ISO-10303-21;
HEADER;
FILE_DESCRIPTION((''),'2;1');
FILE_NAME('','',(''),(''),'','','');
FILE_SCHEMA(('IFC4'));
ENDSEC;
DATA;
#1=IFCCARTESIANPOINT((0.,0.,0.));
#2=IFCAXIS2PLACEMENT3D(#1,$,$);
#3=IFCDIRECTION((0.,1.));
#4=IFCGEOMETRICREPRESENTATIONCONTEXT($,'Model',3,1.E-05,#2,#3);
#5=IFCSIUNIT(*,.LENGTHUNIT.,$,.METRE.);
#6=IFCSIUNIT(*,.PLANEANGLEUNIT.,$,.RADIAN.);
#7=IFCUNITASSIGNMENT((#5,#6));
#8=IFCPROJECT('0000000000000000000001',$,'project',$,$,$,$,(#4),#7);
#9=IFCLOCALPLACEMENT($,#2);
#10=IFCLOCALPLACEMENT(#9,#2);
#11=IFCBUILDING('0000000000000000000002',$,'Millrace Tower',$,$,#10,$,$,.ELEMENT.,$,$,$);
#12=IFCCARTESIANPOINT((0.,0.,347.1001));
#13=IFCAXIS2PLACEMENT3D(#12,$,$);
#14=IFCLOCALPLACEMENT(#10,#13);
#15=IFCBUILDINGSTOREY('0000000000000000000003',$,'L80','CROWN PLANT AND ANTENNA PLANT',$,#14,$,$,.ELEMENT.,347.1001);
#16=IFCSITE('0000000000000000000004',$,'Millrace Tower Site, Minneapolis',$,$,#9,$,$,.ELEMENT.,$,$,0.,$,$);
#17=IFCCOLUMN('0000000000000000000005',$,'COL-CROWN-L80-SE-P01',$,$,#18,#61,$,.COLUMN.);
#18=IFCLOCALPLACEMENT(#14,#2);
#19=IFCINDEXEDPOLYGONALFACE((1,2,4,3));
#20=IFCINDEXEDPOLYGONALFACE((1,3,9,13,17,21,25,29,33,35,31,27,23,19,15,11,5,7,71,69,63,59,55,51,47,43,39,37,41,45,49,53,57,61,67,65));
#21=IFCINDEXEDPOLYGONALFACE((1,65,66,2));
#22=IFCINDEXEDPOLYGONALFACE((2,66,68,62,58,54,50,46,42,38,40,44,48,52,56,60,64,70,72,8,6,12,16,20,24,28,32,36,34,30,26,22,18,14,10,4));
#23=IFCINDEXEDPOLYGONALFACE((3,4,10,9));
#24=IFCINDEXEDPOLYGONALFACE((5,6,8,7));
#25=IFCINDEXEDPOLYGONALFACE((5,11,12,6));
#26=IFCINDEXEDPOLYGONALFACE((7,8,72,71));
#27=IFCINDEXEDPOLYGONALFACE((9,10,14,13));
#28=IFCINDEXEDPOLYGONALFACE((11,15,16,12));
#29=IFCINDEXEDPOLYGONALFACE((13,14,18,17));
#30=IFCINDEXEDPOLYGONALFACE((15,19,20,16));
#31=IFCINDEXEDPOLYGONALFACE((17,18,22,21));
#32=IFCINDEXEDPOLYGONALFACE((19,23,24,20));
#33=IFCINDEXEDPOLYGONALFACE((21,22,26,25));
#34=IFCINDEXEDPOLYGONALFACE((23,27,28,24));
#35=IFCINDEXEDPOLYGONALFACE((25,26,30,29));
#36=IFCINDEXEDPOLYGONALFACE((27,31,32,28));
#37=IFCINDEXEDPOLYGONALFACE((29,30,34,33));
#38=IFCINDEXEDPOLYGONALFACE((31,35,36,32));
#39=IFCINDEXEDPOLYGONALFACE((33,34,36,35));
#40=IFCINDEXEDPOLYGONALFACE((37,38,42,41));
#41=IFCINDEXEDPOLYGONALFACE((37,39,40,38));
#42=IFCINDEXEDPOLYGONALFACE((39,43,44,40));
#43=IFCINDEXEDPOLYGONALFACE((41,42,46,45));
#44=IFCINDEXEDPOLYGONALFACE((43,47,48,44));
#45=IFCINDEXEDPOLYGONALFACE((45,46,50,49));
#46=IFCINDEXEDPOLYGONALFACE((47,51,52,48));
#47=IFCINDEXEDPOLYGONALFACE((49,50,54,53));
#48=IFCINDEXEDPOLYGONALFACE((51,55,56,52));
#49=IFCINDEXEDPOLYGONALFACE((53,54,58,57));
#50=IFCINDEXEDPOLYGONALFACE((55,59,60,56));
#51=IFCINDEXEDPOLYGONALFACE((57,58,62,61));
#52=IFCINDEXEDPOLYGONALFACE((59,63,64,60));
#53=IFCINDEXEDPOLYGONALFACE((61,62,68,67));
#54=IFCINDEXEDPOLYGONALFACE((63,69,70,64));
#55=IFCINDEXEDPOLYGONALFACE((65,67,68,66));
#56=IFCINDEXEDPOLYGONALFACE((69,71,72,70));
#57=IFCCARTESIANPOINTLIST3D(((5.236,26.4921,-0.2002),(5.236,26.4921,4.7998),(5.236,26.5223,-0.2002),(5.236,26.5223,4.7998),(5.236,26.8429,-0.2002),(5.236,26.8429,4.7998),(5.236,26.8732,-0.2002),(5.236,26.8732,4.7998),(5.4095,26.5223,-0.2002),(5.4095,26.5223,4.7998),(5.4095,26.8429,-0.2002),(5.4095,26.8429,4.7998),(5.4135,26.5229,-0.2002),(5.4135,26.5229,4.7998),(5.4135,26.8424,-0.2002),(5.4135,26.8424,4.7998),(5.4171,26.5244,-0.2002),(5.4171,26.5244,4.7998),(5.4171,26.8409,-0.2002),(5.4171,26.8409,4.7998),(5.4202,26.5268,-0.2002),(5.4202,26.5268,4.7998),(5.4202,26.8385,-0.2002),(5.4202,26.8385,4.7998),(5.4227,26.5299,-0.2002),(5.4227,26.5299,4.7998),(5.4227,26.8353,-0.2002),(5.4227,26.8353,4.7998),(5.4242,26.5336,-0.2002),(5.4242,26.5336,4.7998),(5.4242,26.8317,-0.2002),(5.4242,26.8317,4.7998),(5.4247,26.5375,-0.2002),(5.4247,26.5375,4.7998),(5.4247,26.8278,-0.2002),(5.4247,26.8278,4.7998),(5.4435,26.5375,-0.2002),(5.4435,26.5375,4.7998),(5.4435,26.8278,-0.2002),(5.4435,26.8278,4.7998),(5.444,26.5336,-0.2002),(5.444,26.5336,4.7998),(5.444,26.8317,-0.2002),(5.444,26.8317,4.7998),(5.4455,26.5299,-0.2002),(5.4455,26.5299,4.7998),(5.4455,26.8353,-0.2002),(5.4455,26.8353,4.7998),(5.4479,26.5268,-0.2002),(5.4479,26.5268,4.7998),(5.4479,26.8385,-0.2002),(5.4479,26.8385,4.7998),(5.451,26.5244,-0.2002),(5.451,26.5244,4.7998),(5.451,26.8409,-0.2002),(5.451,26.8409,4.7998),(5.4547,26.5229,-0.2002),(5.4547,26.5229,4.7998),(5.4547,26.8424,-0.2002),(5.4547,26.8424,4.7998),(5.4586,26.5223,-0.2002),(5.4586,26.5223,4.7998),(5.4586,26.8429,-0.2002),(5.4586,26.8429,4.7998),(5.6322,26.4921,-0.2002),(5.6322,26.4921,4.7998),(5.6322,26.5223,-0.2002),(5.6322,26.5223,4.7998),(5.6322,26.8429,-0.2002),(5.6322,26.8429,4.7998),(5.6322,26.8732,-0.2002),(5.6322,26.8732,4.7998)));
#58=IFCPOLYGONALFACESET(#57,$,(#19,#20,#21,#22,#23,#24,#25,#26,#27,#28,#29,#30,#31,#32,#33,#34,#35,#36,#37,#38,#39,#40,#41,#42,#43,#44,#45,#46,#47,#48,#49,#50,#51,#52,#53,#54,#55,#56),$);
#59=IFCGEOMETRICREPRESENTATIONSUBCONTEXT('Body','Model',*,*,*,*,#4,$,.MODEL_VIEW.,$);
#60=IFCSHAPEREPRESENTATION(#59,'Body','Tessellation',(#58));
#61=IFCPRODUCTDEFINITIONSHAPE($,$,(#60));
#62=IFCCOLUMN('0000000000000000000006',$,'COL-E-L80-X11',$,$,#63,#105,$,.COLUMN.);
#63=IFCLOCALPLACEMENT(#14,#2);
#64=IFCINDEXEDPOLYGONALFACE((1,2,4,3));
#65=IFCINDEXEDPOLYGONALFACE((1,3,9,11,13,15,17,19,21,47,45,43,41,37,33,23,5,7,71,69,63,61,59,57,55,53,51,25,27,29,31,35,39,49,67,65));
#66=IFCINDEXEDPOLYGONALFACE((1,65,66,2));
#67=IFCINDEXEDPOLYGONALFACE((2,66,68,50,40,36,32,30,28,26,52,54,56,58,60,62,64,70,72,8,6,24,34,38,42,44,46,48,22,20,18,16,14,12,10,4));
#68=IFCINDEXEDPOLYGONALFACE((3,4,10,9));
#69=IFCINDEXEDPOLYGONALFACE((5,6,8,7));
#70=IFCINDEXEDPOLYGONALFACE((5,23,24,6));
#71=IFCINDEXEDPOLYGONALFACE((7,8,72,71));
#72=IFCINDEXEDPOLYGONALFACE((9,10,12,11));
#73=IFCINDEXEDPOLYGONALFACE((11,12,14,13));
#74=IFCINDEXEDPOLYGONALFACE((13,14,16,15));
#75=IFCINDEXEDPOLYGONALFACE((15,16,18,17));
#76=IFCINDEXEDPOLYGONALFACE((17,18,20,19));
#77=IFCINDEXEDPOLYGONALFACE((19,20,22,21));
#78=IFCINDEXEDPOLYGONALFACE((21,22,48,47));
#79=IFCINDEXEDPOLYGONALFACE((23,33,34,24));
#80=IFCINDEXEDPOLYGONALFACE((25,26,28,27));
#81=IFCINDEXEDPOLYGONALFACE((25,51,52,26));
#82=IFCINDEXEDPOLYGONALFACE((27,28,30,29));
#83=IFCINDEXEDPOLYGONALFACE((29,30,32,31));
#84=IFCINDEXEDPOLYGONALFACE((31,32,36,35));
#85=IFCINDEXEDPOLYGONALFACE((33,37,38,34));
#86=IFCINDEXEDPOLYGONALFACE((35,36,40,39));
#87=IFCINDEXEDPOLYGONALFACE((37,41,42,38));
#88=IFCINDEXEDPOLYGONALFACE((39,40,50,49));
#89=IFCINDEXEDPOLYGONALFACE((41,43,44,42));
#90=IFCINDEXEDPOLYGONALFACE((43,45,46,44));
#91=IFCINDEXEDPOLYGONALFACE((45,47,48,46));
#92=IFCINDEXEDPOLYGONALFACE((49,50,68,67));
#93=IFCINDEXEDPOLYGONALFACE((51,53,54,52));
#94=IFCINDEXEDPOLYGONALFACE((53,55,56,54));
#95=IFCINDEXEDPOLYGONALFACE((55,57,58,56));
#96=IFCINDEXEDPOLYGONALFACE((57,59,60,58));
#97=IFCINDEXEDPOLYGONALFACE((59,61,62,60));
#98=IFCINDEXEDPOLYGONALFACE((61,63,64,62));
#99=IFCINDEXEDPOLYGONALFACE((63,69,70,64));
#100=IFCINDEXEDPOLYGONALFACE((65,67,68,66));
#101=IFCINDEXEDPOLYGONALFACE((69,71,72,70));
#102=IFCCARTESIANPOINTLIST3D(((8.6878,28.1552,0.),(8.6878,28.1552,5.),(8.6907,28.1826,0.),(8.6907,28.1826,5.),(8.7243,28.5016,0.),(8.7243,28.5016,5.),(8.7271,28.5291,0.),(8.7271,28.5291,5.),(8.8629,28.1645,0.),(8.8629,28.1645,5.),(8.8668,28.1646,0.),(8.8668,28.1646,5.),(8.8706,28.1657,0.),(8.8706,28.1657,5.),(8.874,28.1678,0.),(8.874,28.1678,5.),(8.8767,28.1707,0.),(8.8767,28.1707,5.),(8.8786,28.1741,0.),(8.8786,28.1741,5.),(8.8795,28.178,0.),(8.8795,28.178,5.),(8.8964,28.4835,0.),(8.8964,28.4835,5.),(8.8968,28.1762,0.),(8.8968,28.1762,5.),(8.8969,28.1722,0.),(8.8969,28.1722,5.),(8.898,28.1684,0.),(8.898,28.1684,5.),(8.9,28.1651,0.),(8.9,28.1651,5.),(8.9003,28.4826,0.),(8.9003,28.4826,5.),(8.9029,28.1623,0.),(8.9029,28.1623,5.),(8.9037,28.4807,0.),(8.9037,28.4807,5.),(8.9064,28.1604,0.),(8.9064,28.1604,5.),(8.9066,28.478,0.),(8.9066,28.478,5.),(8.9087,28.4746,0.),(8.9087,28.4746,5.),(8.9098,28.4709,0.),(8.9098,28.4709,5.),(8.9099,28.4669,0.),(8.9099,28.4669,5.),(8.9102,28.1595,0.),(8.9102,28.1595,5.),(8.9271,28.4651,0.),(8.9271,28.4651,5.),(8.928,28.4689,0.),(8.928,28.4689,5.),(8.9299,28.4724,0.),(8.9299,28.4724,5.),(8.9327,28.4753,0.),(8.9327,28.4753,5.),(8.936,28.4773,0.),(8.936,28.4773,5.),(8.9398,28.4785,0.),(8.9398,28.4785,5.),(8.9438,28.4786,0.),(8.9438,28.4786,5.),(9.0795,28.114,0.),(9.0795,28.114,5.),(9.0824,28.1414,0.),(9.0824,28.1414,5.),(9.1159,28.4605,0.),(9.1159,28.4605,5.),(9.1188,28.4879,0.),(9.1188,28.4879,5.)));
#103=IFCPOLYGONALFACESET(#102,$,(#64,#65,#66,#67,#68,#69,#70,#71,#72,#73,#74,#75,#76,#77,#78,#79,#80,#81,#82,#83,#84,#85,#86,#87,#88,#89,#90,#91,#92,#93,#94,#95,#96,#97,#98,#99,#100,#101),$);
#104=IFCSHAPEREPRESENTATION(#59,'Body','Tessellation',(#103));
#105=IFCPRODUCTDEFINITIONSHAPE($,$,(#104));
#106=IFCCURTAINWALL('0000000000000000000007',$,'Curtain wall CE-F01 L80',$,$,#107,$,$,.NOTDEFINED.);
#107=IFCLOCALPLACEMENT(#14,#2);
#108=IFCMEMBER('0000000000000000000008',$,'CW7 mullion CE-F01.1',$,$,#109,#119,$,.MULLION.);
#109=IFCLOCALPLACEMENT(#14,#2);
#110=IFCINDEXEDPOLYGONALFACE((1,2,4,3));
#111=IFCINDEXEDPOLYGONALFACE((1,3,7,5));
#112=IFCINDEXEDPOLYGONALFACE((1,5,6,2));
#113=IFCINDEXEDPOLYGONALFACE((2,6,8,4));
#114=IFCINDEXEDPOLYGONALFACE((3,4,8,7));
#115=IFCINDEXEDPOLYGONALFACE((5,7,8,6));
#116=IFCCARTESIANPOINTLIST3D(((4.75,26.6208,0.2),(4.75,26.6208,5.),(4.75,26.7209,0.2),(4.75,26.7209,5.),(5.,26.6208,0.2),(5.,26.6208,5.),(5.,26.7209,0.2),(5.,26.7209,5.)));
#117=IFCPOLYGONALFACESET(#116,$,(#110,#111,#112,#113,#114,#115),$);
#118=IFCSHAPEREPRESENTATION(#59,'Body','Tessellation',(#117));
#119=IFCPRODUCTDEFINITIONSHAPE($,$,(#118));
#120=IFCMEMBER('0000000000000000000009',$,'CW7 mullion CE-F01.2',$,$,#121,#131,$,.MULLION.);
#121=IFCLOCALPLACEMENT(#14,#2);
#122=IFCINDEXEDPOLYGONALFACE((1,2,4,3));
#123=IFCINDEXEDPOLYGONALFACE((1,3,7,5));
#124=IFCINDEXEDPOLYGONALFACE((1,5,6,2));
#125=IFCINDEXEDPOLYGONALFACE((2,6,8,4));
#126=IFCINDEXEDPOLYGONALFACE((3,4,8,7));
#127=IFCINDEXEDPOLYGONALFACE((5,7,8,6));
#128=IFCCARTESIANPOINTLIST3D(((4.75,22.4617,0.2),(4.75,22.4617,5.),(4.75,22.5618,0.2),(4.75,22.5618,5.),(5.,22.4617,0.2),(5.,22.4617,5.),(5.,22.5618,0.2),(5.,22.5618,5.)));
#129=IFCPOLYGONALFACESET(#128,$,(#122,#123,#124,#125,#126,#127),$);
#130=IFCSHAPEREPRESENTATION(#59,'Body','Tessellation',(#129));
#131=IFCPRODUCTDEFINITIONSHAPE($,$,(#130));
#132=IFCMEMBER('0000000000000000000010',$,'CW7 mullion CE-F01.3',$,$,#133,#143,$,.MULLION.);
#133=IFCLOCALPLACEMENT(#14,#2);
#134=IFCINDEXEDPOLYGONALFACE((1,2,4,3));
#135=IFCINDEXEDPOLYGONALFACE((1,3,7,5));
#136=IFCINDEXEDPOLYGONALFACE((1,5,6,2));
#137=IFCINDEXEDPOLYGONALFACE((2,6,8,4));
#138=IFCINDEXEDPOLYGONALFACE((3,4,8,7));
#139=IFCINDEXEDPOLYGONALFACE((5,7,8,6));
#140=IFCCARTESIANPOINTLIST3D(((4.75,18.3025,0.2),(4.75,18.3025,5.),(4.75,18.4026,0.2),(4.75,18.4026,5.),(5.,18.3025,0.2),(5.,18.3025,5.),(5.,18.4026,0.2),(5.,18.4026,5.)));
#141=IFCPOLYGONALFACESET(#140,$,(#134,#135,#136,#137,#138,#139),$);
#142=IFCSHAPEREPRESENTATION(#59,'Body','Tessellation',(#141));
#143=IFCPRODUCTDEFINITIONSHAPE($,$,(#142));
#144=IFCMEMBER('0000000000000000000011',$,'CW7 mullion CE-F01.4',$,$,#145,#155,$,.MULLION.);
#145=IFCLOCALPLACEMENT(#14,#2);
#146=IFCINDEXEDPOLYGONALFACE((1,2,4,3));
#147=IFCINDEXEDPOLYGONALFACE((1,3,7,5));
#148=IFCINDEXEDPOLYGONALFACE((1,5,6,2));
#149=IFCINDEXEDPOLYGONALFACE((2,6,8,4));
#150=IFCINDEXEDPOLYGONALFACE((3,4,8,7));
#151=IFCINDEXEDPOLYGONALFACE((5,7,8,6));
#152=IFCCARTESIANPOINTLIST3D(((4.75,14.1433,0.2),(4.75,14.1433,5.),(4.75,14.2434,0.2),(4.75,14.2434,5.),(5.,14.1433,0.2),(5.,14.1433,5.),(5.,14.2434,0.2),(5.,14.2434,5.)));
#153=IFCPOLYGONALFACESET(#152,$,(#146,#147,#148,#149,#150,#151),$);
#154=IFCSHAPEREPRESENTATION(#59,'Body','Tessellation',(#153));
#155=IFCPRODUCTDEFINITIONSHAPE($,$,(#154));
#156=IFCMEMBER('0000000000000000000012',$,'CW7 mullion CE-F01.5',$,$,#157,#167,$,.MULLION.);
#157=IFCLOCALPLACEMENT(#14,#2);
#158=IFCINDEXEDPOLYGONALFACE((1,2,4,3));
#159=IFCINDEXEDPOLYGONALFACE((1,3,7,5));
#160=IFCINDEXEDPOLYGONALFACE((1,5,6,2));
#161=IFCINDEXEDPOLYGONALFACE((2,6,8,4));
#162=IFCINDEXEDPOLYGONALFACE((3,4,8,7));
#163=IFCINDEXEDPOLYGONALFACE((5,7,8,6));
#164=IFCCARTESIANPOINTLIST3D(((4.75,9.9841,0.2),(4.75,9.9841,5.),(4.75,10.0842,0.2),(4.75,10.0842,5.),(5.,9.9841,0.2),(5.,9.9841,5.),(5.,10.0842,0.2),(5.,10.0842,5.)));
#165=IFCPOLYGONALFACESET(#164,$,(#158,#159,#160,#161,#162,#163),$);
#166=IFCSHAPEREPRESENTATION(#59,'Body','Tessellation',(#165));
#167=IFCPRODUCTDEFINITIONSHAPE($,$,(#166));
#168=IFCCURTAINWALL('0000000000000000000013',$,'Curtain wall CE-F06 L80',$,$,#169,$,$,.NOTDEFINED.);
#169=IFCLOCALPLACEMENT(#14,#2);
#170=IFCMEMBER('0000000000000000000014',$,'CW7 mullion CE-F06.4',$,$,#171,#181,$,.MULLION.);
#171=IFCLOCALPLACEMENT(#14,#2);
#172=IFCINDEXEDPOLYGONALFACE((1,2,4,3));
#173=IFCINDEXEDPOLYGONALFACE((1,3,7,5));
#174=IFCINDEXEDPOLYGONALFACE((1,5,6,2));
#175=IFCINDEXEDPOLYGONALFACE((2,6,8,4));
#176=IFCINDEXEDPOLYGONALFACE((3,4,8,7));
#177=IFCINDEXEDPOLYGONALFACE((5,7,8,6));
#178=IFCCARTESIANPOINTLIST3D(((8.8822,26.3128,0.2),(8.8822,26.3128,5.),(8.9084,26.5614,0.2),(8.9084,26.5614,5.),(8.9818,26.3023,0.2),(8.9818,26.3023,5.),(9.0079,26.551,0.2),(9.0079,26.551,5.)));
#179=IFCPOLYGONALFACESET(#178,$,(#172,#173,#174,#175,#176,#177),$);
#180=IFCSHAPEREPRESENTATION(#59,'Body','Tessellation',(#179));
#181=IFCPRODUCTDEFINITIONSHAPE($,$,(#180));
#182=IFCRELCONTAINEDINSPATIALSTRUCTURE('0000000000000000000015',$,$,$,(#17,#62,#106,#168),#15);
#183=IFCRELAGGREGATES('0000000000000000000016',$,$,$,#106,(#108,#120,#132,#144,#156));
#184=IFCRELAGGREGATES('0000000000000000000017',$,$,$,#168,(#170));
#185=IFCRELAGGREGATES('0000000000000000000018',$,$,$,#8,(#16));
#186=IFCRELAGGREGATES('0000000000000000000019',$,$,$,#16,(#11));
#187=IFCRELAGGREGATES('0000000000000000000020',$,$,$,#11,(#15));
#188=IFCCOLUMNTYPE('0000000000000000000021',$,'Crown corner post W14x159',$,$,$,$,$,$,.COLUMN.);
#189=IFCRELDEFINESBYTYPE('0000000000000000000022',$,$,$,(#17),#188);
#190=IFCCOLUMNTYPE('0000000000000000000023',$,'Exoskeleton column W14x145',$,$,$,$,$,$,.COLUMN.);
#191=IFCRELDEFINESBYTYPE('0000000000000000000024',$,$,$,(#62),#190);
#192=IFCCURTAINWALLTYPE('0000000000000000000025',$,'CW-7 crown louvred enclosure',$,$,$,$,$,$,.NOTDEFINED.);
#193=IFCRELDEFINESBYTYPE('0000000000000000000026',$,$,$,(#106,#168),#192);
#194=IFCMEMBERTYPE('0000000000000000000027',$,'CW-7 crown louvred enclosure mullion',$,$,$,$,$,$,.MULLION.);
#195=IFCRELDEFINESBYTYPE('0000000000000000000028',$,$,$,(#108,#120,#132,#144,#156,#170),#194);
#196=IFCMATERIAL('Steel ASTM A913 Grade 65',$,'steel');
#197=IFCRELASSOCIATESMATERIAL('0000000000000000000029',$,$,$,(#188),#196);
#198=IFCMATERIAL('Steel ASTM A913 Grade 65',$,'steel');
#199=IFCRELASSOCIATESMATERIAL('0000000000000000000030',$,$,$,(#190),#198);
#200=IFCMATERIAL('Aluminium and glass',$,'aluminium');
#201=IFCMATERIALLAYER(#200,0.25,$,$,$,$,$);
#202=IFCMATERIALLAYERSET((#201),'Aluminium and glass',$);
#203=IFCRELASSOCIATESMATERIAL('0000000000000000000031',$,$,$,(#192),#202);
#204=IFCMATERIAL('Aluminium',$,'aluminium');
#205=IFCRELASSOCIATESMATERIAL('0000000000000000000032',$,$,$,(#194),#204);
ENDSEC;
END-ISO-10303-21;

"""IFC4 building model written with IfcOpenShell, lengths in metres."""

from ifc_helpers import new_model, si_unit, direction, frame, origin, origin_2d, place, context, subcontext, project, spatial, rectangle, i_section, extrude, material, layer, layer_set, material_profile, profile_set, type_object, element, aggregate, save


model = new_model("IFC4")

# Units and contexts
model_context = context("Model", 3, precision=1e-05, world=origin(), true_north=direction((0.0, 1.0)))
body_context = subcontext(model_context, "Body", "Model", "MODEL_VIEW")
ifc_project = project(units=[si_unit("LENGTHUNIT", "METRE"), si_unit("PLANEANGLEUNIT", "RADIAN")], contexts=[model_context])

# Site, building, storey
site_placement = place(None, origin())
site = spatial("IfcSite", under=ifc_project, at=site_placement, Name="Millrace Tower Site, Minneapolis", CompositionType="ELEMENT", RefElevation=0.0)
building_placement = place(site_placement, origin())
building = spatial("IfcBuilding", under=site, at=building_placement, Name="Millrace Tower", CompositionType="ELEMENT")
storey_placement = place(building_placement, frame((0.0, 0.0, 347.1001)))
storey = spatial("IfcBuildingStorey", under=building, at=storey_placement, Name="L80", Description="CROWN PLANT AND ANTENNA PLANT", CompositionType="ELEMENT", Elevation=347.1001)

# Columns
ifc_material_1 = material(Name="Steel ASTM A913 Grade 65", Category="steel")
ifc_material_profile_1 = material_profile(ifc_material_1, i_section(OverallWidth=0.3962, OverallDepth=0.3811, WebThickness=0.0188, FlangeThickness=0.0303, FilletRadius=0.0151, at=origin_2d()))
ifc_profile_set_1 = profile_set([ifc_material_profile_1], Name="Steel ASTM A913 Grade 65")
column_type_1 = type_object("IfcColumnType", Name="Crown corner post W14x159", PredefinedType="COLUMN", material=ifc_profile_set_1)
column_1_placement = place(storey_placement, frame((5.4341, 26.6826, -0.2002), z_axis=(0.0, 0.0, 1.0), x_axis=(1.0, 0.0, 0.0)))
element("IfcColumn", 1, at=column_1_placement, inside=storey, type_object=column_type_1, Name="COL-CROWN-L80-SE-P01", PredefinedType="COLUMN", context=body_context, shape_type="SweptSolid", body=[
    extrude(i_section(OverallWidth=0.3962, OverallDepth=0.3811, WebThickness=0.0188, FlangeThickness=0.0303, FilletRadius=0.0151, at=origin_2d()), origin(), (0.0, 0.0, 1.0), 5.0),
])
ifc_material_2 = material(Name="Steel ASTM A913 Grade 65", Category="steel")
ifc_material_profile_2 = material_profile(ifc_material_2, i_section(OverallWidth=0.3938, OverallDepth=0.376, WebThickness=0.0173, FlangeThickness=0.0276, FilletRadius=0.0151, at=origin_2d()))
ifc_profile_set_2 = profile_set([ifc_material_profile_2], Name="Steel ASTM A913 Grade 65")
column_type_2 = type_object("IfcColumnType", Name="Exoskeleton column W14x145", PredefinedType="COLUMN", material=ifc_profile_set_2)
column_2_placement = place(storey_placement, frame((8.9033, 28.3215, 0.0), z_axis=(0.0, 0.0, 1.0), x_axis=(-0.994522, 0.104528, 0.0)))
element("IfcColumn", 2, at=column_2_placement, inside=storey, type_object=column_type_2, Name="COL-E-L80-X11", PredefinedType="COLUMN", context=body_context, shape_type="SweptSolid", body=[
    extrude(i_section(OverallWidth=0.3938, OverallDepth=0.376, WebThickness=0.0173, FlangeThickness=0.0276, FilletRadius=0.0151, at=origin_2d()), origin(), (0.0, 0.0, 1.0), 5.0),
])

# Curtain wall, members
ifc_material_3 = material(Name="Aluminium and glass", Category="aluminium")
ifc_layer_1 = layer(ifc_material_3, 0.25)
ifc_layer_set_1 = layer_set([ifc_layer_1], Name="Aluminium and glass")
curtain_wall_type = type_object("IfcCurtainWallType", Name="CW-7 crown louvred enclosure", PredefinedType="NOTDEFINED", material=ifc_layer_set_1)
placement = place(storey_placement, origin())
curtain_wall_1 = element("IfcCurtainWall", 3, at=placement, inside=storey, type_object=curtain_wall_type, Name="Curtain wall CE-F01 L80", PredefinedType="NOTDEFINED")
ifc_material_4 = material(Name="Aluminium", Category="aluminium")
ifc_material_profile_3 = material_profile(ifc_material_4, rectangle(XDim=0.1001, YDim=0.25, at=origin_2d()))
ifc_profile_set_3 = profile_set([ifc_material_profile_3], Name="Aluminium")
member_type = type_object("IfcMemberType", Name="CW-7 crown louvred enclosure mullion", PredefinedType="MULLION", material=ifc_profile_set_3)
member_1_placement = place(storey_placement, frame((4.875, 26.6709, 0.2), z_axis=(0.0, 0.0, 1.0), x_axis=(0.0, -1.0, 0.0)))
member_1 = element("IfcMember", 4, at=member_1_placement, type_object=member_type, Name="CW7 mullion CE-F01.1", PredefinedType="MULLION", context=body_context, shape_type="SweptSolid", body=[
    extrude(rectangle(XDim=0.1001, YDim=0.25, at=origin_2d()), origin(), (0.0, 0.0, 1.0), 4.8),
])
member_2_placement = place(storey_placement, frame((4.875, 22.5117, 0.2), z_axis=(0.0, 0.0, 1.0), x_axis=(0.0, -1.0, 0.0)))
member_2 = element("IfcMember", 5, at=member_2_placement, type_object=member_type, Name="CW7 mullion CE-F01.2", PredefinedType="MULLION", context=body_context, shape_type="SweptSolid", body=[
    extrude(rectangle(XDim=0.1001, YDim=0.25, at=origin_2d()), origin(), (0.0, 0.0, 1.0), 4.8),
])
member_3_placement = place(storey_placement, frame((4.875, 18.3525, 0.2), z_axis=(0.0, 0.0, 1.0), x_axis=(0.0, -1.0, 0.0)))
member_3 = element("IfcMember", 6, at=member_3_placement, type_object=member_type, Name="CW7 mullion CE-F01.3", PredefinedType="MULLION", context=body_context, shape_type="SweptSolid", body=[
    extrude(rectangle(XDim=0.1001, YDim=0.25, at=origin_2d()), origin(), (0.0, 0.0, 1.0), 4.8),
])
member_4_placement = place(storey_placement, frame((4.875, 14.1934, 0.2), z_axis=(0.0, 0.0, 1.0), x_axis=(0.0, -1.0, 0.0)))
member_4 = element("IfcMember", 7, at=member_4_placement, type_object=member_type, Name="CW7 mullion CE-F01.4", PredefinedType="MULLION", context=body_context, shape_type="SweptSolid", body=[
    extrude(rectangle(XDim=0.1001, YDim=0.25, at=origin_2d()), origin(), (0.0, 0.0, 1.0), 4.8),
])
member_5_placement = place(storey_placement, frame((4.875, 10.0342, 0.2), z_axis=(0.0, 0.0, 1.0), x_axis=(0.0, -1.0, 0.0)))
member_5 = element("IfcMember", 8, at=member_5_placement, type_object=member_type, Name="CW7 mullion CE-F01.5", PredefinedType="MULLION", context=body_context, shape_type="SweptSolid", body=[
    extrude(rectangle(XDim=0.1001, YDim=0.25, at=origin_2d()), origin(), (0.0, 0.0, 1.0), 4.8),
])
aggregate(curtain_wall_1, [member_1, member_2, member_3, member_4, member_5])

# Curtain wall, member
curtain_wall_2 = element("IfcCurtainWall", 9, at=placement, inside=storey, type_object=curtain_wall_type, Name="Curtain wall CE-F06 L80", PredefinedType="NOTDEFINED")
member_6_placement = place(storey_placement, frame((8.9451, 26.4319, 0.2), z_axis=(0.0, 0.0, 1.0), x_axis=(-0.994522, 0.104528, 0.0)))
member_6 = element("IfcMember", 10, at=member_6_placement, type_object=member_type, Name="CW7 mullion CE-F06.4", PredefinedType="MULLION", context=body_context, shape_type="SweptSolid", body=[
    extrude(rectangle(XDim=0.1001, YDim=0.25, at=origin_2d()), origin(), (0.0, 0.0, 1.0), 4.8),
])
aggregate(curtain_wall_2, [member_6])

save(model, "model.ifc")
